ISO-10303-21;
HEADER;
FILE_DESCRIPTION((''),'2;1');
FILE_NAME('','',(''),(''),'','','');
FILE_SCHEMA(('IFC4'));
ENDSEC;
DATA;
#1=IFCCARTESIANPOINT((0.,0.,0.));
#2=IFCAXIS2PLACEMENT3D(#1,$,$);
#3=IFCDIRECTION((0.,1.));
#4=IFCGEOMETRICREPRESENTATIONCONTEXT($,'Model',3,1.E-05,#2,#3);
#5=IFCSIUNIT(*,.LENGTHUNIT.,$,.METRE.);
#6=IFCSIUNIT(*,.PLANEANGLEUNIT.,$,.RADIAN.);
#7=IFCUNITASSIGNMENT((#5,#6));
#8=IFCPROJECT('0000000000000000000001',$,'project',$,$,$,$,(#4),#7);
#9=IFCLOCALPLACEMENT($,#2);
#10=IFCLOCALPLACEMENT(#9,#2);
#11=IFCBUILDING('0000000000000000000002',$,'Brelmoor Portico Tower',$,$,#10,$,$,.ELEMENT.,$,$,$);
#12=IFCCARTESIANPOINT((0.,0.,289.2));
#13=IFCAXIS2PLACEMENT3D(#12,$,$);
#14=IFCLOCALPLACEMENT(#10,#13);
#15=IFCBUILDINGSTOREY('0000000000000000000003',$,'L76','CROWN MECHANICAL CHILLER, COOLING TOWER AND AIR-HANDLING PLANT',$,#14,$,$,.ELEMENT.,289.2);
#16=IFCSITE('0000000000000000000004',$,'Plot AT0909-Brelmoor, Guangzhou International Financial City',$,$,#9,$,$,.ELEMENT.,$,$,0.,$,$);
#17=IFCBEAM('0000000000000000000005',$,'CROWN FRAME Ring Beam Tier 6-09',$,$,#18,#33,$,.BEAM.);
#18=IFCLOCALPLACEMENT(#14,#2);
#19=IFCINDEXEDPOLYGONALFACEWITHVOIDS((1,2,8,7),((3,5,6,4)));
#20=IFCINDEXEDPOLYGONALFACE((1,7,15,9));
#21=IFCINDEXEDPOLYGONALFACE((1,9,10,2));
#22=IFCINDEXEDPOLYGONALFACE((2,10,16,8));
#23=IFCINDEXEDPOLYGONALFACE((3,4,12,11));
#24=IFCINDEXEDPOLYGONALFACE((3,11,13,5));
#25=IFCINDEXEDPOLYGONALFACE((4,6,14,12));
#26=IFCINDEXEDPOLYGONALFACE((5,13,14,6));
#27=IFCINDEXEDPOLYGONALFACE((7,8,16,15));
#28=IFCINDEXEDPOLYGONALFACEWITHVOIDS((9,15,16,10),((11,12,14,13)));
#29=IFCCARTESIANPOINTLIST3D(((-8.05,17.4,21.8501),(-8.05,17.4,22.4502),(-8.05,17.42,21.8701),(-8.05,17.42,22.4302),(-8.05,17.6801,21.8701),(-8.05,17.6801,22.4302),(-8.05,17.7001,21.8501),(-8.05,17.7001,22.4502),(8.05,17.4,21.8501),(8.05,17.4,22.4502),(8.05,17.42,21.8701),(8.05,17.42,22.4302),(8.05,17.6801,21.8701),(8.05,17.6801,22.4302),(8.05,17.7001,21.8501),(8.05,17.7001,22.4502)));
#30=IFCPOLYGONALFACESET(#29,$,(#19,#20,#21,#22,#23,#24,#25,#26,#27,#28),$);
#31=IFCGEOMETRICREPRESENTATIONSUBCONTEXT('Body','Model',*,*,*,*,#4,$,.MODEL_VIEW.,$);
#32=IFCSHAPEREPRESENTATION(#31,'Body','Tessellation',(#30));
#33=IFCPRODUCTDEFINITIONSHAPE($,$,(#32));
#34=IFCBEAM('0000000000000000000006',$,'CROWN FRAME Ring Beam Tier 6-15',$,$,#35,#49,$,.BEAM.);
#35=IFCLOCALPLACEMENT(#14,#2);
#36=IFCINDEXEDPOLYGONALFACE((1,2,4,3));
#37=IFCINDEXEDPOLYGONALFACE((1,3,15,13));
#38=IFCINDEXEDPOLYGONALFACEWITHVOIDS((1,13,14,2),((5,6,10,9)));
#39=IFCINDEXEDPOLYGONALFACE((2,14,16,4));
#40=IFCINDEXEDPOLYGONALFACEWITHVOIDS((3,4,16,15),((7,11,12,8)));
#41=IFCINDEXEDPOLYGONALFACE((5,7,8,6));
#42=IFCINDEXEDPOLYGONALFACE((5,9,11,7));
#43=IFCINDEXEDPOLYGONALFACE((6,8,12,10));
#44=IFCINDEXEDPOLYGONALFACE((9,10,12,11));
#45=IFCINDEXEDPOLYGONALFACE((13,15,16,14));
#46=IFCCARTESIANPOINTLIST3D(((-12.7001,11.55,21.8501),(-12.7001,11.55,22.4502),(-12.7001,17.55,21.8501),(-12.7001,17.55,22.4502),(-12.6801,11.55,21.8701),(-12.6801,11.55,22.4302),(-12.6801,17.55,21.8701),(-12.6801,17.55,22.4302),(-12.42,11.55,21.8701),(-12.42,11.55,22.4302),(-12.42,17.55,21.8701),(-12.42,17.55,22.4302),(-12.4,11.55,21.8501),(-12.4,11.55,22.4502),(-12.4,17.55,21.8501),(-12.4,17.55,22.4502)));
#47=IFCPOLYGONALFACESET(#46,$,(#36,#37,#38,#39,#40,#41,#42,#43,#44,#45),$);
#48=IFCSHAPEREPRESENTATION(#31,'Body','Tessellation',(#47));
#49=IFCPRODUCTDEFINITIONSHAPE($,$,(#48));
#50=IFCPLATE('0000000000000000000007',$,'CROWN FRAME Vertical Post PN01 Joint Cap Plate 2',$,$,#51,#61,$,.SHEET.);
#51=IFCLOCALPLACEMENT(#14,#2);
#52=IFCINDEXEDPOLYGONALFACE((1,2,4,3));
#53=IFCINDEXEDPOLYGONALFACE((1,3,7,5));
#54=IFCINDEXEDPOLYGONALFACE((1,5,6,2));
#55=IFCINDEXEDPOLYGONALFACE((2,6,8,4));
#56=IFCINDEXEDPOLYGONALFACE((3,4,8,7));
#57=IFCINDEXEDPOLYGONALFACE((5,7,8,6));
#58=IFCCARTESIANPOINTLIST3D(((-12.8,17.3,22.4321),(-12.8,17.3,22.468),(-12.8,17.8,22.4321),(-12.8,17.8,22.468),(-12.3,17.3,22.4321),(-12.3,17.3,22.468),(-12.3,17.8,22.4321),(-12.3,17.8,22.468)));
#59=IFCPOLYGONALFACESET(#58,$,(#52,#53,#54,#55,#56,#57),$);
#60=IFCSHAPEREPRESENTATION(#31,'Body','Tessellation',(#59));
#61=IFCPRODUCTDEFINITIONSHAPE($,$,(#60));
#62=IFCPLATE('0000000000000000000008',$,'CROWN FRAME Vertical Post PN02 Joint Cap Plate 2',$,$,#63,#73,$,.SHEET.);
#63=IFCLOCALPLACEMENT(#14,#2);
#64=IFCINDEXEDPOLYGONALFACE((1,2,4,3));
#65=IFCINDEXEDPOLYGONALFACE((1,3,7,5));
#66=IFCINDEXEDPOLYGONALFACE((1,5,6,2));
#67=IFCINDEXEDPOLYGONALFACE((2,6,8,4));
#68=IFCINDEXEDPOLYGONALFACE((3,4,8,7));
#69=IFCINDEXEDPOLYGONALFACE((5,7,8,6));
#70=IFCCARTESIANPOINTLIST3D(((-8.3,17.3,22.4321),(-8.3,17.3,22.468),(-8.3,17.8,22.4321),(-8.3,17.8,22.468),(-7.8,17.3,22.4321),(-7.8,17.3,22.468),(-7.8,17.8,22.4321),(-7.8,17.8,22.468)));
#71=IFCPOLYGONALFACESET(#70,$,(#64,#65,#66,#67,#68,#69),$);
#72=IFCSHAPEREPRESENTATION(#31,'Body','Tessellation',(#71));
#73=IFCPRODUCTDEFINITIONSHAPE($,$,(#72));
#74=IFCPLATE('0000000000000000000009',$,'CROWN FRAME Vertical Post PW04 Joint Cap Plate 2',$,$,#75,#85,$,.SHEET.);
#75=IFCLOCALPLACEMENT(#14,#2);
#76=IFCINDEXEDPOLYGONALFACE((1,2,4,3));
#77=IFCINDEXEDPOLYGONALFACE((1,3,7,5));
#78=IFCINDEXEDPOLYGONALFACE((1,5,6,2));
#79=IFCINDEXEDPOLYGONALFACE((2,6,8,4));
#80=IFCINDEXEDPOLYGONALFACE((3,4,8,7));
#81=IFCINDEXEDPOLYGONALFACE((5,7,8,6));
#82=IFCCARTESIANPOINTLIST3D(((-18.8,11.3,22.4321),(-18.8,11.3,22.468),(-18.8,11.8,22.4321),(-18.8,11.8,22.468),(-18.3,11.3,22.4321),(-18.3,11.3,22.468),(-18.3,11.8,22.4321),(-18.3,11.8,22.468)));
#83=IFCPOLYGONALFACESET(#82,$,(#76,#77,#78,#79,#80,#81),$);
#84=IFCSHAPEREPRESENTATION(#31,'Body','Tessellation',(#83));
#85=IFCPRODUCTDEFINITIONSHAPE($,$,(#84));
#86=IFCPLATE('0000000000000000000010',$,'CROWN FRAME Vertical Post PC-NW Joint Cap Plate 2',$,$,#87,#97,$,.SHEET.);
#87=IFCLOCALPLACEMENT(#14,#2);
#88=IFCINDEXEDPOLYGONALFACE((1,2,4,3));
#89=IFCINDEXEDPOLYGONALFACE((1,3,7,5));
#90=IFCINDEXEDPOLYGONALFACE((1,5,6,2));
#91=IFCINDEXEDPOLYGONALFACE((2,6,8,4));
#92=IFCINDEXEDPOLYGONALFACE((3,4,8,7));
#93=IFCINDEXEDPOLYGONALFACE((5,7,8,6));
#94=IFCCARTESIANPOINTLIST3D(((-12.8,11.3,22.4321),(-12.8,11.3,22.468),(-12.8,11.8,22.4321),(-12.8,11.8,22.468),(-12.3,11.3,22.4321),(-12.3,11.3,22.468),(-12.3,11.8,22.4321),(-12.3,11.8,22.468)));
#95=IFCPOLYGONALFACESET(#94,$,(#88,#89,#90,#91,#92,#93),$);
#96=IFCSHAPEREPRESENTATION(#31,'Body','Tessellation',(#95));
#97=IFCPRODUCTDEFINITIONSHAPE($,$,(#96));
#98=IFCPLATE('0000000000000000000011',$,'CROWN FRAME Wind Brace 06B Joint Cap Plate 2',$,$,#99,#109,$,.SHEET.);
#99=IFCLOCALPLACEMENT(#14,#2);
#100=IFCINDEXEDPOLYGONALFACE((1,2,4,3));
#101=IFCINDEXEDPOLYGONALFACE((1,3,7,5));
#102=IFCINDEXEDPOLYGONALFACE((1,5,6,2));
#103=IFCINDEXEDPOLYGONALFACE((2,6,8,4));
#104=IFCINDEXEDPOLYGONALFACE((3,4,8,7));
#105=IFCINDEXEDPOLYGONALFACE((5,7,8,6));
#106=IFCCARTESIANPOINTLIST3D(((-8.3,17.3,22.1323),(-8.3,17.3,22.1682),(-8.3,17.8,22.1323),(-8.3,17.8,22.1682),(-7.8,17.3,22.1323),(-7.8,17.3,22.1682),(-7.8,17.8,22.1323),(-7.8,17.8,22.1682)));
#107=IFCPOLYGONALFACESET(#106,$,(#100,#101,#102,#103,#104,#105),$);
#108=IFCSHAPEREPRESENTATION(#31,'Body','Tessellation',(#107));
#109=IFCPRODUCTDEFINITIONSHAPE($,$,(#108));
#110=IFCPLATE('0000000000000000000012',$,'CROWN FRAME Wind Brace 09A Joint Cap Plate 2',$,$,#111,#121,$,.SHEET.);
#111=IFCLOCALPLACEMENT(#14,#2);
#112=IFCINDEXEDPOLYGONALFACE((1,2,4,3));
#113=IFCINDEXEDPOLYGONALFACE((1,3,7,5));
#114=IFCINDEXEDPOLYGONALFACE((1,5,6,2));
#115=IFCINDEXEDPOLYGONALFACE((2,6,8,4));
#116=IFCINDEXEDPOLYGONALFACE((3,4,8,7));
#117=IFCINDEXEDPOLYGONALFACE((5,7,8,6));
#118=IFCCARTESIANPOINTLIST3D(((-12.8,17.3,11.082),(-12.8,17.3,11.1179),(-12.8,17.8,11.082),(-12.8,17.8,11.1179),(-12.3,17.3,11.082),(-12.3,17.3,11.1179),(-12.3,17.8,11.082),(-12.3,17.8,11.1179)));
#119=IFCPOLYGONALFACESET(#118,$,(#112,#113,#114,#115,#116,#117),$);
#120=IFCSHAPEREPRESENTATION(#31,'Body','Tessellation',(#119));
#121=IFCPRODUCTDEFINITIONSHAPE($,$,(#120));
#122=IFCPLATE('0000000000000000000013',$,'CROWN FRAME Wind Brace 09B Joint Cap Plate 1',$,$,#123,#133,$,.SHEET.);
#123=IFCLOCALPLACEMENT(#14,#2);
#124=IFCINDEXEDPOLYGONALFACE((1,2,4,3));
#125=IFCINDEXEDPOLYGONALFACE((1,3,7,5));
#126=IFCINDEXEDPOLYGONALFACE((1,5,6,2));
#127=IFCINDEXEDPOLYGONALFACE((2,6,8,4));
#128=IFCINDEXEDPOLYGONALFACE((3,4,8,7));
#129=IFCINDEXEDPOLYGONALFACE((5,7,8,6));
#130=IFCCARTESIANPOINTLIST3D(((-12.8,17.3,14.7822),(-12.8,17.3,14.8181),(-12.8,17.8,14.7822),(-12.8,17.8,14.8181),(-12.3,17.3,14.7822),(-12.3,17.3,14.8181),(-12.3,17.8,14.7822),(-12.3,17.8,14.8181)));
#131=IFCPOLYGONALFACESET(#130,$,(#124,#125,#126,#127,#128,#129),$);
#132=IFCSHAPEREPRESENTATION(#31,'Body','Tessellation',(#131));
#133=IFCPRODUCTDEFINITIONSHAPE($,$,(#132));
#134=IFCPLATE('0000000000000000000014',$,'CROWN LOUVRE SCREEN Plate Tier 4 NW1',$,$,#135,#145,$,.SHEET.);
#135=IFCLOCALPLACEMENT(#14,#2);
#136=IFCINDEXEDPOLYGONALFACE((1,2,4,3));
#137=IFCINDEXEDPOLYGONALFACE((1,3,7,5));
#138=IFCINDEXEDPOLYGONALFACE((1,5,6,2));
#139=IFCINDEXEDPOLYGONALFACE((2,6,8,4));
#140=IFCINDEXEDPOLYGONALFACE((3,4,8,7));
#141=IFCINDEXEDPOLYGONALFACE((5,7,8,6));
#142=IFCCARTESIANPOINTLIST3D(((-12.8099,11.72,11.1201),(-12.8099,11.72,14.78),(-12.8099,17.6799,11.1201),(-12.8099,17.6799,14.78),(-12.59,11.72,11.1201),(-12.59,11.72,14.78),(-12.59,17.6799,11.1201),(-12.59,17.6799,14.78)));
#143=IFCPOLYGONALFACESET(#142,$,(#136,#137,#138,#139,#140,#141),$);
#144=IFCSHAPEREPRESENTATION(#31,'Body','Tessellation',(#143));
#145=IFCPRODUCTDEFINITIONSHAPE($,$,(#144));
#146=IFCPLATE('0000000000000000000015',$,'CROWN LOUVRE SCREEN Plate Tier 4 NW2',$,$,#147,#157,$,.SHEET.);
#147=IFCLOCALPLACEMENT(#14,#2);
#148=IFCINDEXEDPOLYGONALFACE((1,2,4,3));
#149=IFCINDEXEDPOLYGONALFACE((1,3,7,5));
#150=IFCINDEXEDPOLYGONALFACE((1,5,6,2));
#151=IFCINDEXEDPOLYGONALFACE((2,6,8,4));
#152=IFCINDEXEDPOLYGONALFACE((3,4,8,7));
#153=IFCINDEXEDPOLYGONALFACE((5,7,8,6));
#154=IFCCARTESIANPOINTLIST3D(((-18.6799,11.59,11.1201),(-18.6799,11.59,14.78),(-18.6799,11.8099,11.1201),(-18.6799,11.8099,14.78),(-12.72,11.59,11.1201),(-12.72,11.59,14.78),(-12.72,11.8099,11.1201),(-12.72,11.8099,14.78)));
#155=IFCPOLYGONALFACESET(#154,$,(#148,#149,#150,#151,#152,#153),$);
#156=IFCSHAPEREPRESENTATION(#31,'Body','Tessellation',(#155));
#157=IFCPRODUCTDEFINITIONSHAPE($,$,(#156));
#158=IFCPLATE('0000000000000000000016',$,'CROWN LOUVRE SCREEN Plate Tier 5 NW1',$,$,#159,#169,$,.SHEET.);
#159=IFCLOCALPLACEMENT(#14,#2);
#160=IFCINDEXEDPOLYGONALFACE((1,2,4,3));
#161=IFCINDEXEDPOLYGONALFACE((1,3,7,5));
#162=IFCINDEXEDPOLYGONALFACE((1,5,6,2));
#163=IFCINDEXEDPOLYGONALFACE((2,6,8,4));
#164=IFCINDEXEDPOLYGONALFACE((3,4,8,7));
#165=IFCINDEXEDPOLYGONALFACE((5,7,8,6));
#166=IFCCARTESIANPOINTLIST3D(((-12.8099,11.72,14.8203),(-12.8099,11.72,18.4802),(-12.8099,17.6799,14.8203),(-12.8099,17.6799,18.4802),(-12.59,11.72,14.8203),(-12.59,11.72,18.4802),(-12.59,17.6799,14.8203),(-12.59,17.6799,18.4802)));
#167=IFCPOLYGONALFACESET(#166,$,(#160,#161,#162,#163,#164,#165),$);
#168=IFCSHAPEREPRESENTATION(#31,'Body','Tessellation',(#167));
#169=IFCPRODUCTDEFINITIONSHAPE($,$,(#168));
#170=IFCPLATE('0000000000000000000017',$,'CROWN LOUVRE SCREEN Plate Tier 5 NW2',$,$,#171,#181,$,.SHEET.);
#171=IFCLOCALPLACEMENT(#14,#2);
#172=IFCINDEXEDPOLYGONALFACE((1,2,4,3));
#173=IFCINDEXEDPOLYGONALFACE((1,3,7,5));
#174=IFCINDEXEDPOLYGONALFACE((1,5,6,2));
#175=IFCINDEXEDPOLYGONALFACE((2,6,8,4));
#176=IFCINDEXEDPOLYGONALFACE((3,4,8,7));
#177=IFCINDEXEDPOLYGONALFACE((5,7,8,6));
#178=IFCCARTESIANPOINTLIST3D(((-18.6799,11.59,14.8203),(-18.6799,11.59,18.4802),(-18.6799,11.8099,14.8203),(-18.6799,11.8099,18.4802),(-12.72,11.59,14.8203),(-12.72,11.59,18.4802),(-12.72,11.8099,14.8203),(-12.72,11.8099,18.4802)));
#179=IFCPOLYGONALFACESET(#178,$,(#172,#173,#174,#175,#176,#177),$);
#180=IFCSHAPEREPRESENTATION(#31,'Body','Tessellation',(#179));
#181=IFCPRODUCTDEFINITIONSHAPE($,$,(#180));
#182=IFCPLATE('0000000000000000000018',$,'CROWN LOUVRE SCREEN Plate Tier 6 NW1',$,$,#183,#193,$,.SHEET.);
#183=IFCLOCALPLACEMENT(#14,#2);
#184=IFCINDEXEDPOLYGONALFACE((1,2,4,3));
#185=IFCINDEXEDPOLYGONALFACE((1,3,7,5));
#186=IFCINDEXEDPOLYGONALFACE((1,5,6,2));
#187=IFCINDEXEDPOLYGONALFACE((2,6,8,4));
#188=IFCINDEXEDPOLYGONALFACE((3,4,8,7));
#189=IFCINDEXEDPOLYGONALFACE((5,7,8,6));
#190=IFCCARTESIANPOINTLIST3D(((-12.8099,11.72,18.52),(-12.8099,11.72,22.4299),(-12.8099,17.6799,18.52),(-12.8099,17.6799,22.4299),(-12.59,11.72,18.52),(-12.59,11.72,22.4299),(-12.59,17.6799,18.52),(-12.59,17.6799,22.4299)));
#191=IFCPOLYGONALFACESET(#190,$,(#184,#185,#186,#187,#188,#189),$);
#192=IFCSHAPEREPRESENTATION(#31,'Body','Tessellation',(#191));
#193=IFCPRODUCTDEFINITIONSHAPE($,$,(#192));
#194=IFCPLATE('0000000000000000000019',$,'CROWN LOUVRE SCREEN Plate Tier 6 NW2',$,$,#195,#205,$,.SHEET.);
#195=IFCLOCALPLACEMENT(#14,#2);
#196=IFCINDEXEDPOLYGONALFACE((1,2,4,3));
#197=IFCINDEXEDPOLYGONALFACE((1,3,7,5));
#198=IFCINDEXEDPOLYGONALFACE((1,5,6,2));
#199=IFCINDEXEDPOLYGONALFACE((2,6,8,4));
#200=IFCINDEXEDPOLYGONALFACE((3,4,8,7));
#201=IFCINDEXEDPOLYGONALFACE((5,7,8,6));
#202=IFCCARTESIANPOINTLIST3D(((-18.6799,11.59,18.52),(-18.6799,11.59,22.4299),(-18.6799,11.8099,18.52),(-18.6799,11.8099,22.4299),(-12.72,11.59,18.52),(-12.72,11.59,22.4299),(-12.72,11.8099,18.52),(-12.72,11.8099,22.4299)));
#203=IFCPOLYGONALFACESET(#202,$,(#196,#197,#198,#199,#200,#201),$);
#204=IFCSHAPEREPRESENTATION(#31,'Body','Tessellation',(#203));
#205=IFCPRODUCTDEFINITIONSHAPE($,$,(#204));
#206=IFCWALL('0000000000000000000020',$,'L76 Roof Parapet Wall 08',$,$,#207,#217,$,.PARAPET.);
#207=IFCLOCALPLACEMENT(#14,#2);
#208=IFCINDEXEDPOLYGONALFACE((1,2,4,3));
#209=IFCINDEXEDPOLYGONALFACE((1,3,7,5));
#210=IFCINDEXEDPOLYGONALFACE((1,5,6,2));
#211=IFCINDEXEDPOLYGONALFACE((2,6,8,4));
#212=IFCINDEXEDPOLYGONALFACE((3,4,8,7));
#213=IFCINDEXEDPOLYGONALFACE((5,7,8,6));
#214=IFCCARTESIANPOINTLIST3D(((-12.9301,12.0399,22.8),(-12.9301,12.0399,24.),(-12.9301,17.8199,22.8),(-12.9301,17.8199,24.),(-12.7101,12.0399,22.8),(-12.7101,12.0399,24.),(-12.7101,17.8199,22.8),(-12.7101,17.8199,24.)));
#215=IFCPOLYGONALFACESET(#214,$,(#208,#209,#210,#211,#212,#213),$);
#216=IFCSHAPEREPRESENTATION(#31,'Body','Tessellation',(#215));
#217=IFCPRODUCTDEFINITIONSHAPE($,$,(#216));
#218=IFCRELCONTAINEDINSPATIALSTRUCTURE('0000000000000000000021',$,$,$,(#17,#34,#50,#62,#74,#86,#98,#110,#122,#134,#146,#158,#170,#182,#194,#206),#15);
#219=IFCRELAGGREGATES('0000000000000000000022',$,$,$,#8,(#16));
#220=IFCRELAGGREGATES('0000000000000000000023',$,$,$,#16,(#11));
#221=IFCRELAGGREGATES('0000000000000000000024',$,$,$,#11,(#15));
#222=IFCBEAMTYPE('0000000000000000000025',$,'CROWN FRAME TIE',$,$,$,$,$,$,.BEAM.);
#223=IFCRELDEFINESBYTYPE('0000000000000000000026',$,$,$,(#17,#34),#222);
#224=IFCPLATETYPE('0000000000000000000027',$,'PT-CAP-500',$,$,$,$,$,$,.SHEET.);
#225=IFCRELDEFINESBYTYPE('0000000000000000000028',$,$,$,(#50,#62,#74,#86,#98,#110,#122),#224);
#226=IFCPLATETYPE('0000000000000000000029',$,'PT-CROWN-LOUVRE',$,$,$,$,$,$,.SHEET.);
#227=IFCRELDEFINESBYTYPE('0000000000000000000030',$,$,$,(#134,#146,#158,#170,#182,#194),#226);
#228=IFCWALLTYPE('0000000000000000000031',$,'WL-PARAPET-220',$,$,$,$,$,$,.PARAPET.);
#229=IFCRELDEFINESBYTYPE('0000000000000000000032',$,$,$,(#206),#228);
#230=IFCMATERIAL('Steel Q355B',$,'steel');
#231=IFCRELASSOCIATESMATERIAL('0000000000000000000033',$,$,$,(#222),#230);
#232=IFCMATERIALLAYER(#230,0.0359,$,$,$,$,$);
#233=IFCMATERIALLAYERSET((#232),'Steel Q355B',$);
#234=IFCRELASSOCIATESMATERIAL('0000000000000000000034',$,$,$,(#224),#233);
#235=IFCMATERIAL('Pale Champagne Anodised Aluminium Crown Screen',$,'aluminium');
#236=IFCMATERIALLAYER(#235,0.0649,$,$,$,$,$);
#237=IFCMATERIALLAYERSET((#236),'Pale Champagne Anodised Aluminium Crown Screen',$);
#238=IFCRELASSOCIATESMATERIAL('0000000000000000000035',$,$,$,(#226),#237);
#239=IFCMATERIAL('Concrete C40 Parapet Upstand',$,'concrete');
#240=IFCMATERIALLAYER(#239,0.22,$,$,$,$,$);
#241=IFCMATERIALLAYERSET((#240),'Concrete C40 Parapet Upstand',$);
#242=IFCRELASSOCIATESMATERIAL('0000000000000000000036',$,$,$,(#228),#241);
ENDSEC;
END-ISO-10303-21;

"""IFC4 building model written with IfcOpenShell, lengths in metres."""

from ifc_helpers import new_model, si_unit, direction, frame, frame_2d, origin, origin_2d, place, context, subcontext, project, spatial, rectangle, hollow_rectangle, extrude, material, layer, layer_set, material_profile, profile_set, type_object, element, save


model = new_model("IFC4")

# Units and contexts
model_context = context("Model", 3, precision=1e-05, world=origin(), true_north=direction((0.0, 1.0)))
body_context = subcontext(model_context, "Body", "Model", "MODEL_VIEW")
ifc_project = project(units=[si_unit("LENGTHUNIT", "METRE"), si_unit("PLANEANGLEUNIT", "RADIAN")], contexts=[model_context])

# Site, building, storey
site_placement = place(None, origin())
site = spatial("IfcSite", under=ifc_project, at=site_placement, Name="Plot AT0909-Brelmoor, Guangzhou International Financial City", CompositionType="ELEMENT", RefElevation=0.0)
building_placement = place(site_placement, origin())
building = spatial("IfcBuilding", under=site, at=building_placement, Name="Brelmoor Portico Tower", CompositionType="ELEMENT")
storey_placement = place(building_placement, frame((0.0, 0.0, 289.2)))
storey = spatial("IfcBuildingStorey", under=building, at=storey_placement, Name="L76", Description="CROWN MECHANICAL CHILLER, COOLING TOWER AND AIR-HANDLING PLANT", CompositionType="ELEMENT", Elevation=289.2)

# Shared definitions
ifc_material_1 = material(Name="Steel Q355B", Category="steel")

# Beams
ifc_material_profile_1 = material_profile(ifc_material_1, hollow_rectangle(XDim=0.3, YDim=0.6001, WallThickness=0.02, at=origin_2d()), Name="RHS 300x600x20")
ifc_profile_set_1 = profile_set([ifc_material_profile_1], Name="Steel Q355B")
beam_type_1 = type_object("IfcBeamType", Name="CROWN FRAME TIE", PredefinedType="BEAM", material=ifc_profile_set_1)
beam_1_placement = place(storey_placement, frame((-8.05, 17.55, 22.1501), z_axis=(1.0, 0.0, 0.0), x_axis=(0.0, 1.0, 0.0)))
element("IfcBeam", 1, at=beam_1_placement, inside=storey, type_object=beam_type_1, Name="CROWN FRAME Ring Beam Tier 6-09", PredefinedType="BEAM", context=body_context, shape_type="SweptSolid", body=[
    extrude(hollow_rectangle(XDim=0.3, YDim=0.6001, WallThickness=0.02, at=origin_2d()), origin(), (0.0, 0.0, 1.0), 16.1001),
])
beam_2_placement = place(storey_placement, frame((-12.55, 11.55, 22.1501), z_axis=(0.0, 1.0, 0.0), x_axis=(-1.0, 0.0, 0.0)))
element("IfcBeam", 2, at=beam_2_placement, inside=storey, type_object=beam_type_1, Name="CROWN FRAME Ring Beam Tier 6-15", PredefinedType="BEAM", context=body_context, shape_type="SweptSolid", body=[
    extrude(hollow_rectangle(XDim=0.3, YDim=0.6001, WallThickness=0.02, at=origin_2d()), origin(), (0.0, 0.0, 1.0), 6.0),
])

# Plates
ifc_layer_1 = layer(ifc_material_1, 0.0359)
ifc_layer_set_1 = layer_set([ifc_layer_1], Name="Steel Q355B")
plate_type_1 = type_object("IfcPlateType", Name="PT-CAP-500", PredefinedType="SHEET", material=ifc_layer_set_1)
for number, where, z_axis, x_axis, name in (
    (3, (-12.55, 17.55, 22.4321), (0.0, 0.0, 1.0), (1.0, 0.0, 0.0), "CROWN FRAME Vertical Post PN01 Joint Cap Plate 2"),
    (4, (-8.05, 17.55, 22.4321), (0.0, 0.0, 1.0), (1.0, 0.0, 0.0), "CROWN FRAME Vertical Post PN02 Joint Cap Plate 2"),
    (5, (-18.55, 11.55, 22.4321), (0.0, 0.0, 1.0), (1.0, 0.0, 0.0), "CROWN FRAME Vertical Post PW04 Joint Cap Plate 2"),
    (6, (-12.55, 11.55, 22.4321), (0.0, 0.0, 1.0), (1.0, 0.0, 0.0), "CROWN FRAME Vertical Post PC-NW Joint Cap Plate 2"),
    (7, (-8.05, 17.55, 22.1323), (0.0, 0.0, 1.0), (1.0, 0.0, 0.0), "CROWN FRAME Wind Brace 06B Joint Cap Plate 2"),
    (8, (-12.55, 17.55, 11.082), (0.0, 0.0, 1.0), (1.0, 0.0, 0.0), "CROWN FRAME Wind Brace 09A Joint Cap Plate 2"),
    (9, (-12.55, 17.55, 14.7822), (0.0, 0.0, 1.0), (1.0, 0.0, 0.0), "CROWN FRAME Wind Brace 09B Joint Cap Plate 1"),
):
    element("IfcPlate", number, at=place(storey_placement, frame(where, z_axis=z_axis, x_axis=x_axis)), inside=storey, type_object=plate_type_1, Name=name, PredefinedType="SHEET", context=body_context, shape_type="SweptSolid", body=[
        extrude(rectangle(XDim=0.5, YDim=0.5, at=origin_2d()), origin(), (0.0, 0.0, 1.0), 0.0359),
    ])
ifc_material_2 = material(Name="Pale Champagne Anodised Aluminium Crown Screen", Category="aluminium")
ifc_layer_2 = layer(ifc_material_2, 0.0649)
ifc_layer_set_2 = layer_set([ifc_layer_2], Name="Pale Champagne Anodised Aluminium Crown Screen")
plate_type_2 = type_object("IfcPlateType", Name="PT-CROWN-LOUVRE", PredefinedType="SHEET", material=ifc_layer_set_2)
for number, where, z_axis, x_axis, name in (
    (10, (-12.7, 14.7, 11.1201), (0.0, 0.0, 1.0), (0.0, 1.0, 0.0), "CROWN LOUVRE SCREEN Plate Tier 4 NW1"),
    (11, (-15.7, 11.7, 11.1201), (0.0, 0.0, 1.0), (1.0, 0.0, 0.0), "CROWN LOUVRE SCREEN Plate Tier 4 NW2"),
    (12, (-12.7, 14.7, 14.8203), (0.0, 0.0, 1.0), (0.0, 1.0, 0.0), "CROWN LOUVRE SCREEN Plate Tier 5 NW1"),
    (13, (-15.7, 11.7, 14.8203), (0.0, 0.0, 1.0), (1.0, 0.0, 0.0), "CROWN LOUVRE SCREEN Plate Tier 5 NW2"),
):
    element("IfcPlate", number, at=place(storey_placement, frame(where, z_axis=z_axis, x_axis=x_axis)), inside=storey, type_object=plate_type_2, Name=name, PredefinedType="SHEET", context=body_context, shape_type="SweptSolid", body=[
        extrude(rectangle(XDim=5.96, YDim=0.22, at=origin_2d()), origin(), (0.0, 0.0, 1.0), 3.6599),
    ])
for number, where, z_axis, x_axis, name in (
    (14, (-12.7, 14.7, 18.52), (0.0, 0.0, 1.0), (0.0, 1.0, 0.0), "CROWN LOUVRE SCREEN Plate Tier 6 NW1"),
    (15, (-15.7, 11.7, 18.52), (0.0, 0.0, 1.0), (1.0, 0.0, 0.0), "CROWN LOUVRE SCREEN Plate Tier 6 NW2"),
):
    element("IfcPlate", number, at=place(storey_placement, frame(where, z_axis=z_axis, x_axis=x_axis)), inside=storey, type_object=plate_type_2, Name=name, PredefinedType="SHEET", context=body_context, shape_type="SweptSolid", body=[
        extrude(rectangle(XDim=5.96, YDim=0.22, at=origin_2d()), origin(), (0.0, 0.0, 1.0), 3.9099),
    ])

# Wall
ifc_material_3 = material(Name="Concrete C40 Parapet Upstand", Category="concrete")
ifc_layer_3 = layer(ifc_material_3, 0.22)
ifc_layer_set_3 = layer_set([ifc_layer_3], Name="Concrete C40 Parapet Upstand")
wall_type = type_object("IfcWallType", Name="WL-PARAPET-220", PredefinedType="PARAPET", material=ifc_layer_set_3)
for number, where, z_axis, x_axis, name in (
    (16, (-12.8201, 17.8201, 22.8), (0.0, 0.0, 1.0), (0.0, -1.0, 0.0), "L76 Roof Parapet Wall 08"),
):
    element("IfcWall", number, at=place(storey_placement, frame(where, z_axis=z_axis, x_axis=x_axis)), inside=storey, type_object=wall_type, Name=name, PredefinedType="PARAPET", context=body_context, shape_type="SweptSolid", body=[
        extrude(rectangle(XDim=5.78, YDim=0.22, at=frame_2d((2.8901, 0.0))), origin(), (0.0, 0.0, 1.0), 1.2),
    ])

save(model, "model.ifc")
